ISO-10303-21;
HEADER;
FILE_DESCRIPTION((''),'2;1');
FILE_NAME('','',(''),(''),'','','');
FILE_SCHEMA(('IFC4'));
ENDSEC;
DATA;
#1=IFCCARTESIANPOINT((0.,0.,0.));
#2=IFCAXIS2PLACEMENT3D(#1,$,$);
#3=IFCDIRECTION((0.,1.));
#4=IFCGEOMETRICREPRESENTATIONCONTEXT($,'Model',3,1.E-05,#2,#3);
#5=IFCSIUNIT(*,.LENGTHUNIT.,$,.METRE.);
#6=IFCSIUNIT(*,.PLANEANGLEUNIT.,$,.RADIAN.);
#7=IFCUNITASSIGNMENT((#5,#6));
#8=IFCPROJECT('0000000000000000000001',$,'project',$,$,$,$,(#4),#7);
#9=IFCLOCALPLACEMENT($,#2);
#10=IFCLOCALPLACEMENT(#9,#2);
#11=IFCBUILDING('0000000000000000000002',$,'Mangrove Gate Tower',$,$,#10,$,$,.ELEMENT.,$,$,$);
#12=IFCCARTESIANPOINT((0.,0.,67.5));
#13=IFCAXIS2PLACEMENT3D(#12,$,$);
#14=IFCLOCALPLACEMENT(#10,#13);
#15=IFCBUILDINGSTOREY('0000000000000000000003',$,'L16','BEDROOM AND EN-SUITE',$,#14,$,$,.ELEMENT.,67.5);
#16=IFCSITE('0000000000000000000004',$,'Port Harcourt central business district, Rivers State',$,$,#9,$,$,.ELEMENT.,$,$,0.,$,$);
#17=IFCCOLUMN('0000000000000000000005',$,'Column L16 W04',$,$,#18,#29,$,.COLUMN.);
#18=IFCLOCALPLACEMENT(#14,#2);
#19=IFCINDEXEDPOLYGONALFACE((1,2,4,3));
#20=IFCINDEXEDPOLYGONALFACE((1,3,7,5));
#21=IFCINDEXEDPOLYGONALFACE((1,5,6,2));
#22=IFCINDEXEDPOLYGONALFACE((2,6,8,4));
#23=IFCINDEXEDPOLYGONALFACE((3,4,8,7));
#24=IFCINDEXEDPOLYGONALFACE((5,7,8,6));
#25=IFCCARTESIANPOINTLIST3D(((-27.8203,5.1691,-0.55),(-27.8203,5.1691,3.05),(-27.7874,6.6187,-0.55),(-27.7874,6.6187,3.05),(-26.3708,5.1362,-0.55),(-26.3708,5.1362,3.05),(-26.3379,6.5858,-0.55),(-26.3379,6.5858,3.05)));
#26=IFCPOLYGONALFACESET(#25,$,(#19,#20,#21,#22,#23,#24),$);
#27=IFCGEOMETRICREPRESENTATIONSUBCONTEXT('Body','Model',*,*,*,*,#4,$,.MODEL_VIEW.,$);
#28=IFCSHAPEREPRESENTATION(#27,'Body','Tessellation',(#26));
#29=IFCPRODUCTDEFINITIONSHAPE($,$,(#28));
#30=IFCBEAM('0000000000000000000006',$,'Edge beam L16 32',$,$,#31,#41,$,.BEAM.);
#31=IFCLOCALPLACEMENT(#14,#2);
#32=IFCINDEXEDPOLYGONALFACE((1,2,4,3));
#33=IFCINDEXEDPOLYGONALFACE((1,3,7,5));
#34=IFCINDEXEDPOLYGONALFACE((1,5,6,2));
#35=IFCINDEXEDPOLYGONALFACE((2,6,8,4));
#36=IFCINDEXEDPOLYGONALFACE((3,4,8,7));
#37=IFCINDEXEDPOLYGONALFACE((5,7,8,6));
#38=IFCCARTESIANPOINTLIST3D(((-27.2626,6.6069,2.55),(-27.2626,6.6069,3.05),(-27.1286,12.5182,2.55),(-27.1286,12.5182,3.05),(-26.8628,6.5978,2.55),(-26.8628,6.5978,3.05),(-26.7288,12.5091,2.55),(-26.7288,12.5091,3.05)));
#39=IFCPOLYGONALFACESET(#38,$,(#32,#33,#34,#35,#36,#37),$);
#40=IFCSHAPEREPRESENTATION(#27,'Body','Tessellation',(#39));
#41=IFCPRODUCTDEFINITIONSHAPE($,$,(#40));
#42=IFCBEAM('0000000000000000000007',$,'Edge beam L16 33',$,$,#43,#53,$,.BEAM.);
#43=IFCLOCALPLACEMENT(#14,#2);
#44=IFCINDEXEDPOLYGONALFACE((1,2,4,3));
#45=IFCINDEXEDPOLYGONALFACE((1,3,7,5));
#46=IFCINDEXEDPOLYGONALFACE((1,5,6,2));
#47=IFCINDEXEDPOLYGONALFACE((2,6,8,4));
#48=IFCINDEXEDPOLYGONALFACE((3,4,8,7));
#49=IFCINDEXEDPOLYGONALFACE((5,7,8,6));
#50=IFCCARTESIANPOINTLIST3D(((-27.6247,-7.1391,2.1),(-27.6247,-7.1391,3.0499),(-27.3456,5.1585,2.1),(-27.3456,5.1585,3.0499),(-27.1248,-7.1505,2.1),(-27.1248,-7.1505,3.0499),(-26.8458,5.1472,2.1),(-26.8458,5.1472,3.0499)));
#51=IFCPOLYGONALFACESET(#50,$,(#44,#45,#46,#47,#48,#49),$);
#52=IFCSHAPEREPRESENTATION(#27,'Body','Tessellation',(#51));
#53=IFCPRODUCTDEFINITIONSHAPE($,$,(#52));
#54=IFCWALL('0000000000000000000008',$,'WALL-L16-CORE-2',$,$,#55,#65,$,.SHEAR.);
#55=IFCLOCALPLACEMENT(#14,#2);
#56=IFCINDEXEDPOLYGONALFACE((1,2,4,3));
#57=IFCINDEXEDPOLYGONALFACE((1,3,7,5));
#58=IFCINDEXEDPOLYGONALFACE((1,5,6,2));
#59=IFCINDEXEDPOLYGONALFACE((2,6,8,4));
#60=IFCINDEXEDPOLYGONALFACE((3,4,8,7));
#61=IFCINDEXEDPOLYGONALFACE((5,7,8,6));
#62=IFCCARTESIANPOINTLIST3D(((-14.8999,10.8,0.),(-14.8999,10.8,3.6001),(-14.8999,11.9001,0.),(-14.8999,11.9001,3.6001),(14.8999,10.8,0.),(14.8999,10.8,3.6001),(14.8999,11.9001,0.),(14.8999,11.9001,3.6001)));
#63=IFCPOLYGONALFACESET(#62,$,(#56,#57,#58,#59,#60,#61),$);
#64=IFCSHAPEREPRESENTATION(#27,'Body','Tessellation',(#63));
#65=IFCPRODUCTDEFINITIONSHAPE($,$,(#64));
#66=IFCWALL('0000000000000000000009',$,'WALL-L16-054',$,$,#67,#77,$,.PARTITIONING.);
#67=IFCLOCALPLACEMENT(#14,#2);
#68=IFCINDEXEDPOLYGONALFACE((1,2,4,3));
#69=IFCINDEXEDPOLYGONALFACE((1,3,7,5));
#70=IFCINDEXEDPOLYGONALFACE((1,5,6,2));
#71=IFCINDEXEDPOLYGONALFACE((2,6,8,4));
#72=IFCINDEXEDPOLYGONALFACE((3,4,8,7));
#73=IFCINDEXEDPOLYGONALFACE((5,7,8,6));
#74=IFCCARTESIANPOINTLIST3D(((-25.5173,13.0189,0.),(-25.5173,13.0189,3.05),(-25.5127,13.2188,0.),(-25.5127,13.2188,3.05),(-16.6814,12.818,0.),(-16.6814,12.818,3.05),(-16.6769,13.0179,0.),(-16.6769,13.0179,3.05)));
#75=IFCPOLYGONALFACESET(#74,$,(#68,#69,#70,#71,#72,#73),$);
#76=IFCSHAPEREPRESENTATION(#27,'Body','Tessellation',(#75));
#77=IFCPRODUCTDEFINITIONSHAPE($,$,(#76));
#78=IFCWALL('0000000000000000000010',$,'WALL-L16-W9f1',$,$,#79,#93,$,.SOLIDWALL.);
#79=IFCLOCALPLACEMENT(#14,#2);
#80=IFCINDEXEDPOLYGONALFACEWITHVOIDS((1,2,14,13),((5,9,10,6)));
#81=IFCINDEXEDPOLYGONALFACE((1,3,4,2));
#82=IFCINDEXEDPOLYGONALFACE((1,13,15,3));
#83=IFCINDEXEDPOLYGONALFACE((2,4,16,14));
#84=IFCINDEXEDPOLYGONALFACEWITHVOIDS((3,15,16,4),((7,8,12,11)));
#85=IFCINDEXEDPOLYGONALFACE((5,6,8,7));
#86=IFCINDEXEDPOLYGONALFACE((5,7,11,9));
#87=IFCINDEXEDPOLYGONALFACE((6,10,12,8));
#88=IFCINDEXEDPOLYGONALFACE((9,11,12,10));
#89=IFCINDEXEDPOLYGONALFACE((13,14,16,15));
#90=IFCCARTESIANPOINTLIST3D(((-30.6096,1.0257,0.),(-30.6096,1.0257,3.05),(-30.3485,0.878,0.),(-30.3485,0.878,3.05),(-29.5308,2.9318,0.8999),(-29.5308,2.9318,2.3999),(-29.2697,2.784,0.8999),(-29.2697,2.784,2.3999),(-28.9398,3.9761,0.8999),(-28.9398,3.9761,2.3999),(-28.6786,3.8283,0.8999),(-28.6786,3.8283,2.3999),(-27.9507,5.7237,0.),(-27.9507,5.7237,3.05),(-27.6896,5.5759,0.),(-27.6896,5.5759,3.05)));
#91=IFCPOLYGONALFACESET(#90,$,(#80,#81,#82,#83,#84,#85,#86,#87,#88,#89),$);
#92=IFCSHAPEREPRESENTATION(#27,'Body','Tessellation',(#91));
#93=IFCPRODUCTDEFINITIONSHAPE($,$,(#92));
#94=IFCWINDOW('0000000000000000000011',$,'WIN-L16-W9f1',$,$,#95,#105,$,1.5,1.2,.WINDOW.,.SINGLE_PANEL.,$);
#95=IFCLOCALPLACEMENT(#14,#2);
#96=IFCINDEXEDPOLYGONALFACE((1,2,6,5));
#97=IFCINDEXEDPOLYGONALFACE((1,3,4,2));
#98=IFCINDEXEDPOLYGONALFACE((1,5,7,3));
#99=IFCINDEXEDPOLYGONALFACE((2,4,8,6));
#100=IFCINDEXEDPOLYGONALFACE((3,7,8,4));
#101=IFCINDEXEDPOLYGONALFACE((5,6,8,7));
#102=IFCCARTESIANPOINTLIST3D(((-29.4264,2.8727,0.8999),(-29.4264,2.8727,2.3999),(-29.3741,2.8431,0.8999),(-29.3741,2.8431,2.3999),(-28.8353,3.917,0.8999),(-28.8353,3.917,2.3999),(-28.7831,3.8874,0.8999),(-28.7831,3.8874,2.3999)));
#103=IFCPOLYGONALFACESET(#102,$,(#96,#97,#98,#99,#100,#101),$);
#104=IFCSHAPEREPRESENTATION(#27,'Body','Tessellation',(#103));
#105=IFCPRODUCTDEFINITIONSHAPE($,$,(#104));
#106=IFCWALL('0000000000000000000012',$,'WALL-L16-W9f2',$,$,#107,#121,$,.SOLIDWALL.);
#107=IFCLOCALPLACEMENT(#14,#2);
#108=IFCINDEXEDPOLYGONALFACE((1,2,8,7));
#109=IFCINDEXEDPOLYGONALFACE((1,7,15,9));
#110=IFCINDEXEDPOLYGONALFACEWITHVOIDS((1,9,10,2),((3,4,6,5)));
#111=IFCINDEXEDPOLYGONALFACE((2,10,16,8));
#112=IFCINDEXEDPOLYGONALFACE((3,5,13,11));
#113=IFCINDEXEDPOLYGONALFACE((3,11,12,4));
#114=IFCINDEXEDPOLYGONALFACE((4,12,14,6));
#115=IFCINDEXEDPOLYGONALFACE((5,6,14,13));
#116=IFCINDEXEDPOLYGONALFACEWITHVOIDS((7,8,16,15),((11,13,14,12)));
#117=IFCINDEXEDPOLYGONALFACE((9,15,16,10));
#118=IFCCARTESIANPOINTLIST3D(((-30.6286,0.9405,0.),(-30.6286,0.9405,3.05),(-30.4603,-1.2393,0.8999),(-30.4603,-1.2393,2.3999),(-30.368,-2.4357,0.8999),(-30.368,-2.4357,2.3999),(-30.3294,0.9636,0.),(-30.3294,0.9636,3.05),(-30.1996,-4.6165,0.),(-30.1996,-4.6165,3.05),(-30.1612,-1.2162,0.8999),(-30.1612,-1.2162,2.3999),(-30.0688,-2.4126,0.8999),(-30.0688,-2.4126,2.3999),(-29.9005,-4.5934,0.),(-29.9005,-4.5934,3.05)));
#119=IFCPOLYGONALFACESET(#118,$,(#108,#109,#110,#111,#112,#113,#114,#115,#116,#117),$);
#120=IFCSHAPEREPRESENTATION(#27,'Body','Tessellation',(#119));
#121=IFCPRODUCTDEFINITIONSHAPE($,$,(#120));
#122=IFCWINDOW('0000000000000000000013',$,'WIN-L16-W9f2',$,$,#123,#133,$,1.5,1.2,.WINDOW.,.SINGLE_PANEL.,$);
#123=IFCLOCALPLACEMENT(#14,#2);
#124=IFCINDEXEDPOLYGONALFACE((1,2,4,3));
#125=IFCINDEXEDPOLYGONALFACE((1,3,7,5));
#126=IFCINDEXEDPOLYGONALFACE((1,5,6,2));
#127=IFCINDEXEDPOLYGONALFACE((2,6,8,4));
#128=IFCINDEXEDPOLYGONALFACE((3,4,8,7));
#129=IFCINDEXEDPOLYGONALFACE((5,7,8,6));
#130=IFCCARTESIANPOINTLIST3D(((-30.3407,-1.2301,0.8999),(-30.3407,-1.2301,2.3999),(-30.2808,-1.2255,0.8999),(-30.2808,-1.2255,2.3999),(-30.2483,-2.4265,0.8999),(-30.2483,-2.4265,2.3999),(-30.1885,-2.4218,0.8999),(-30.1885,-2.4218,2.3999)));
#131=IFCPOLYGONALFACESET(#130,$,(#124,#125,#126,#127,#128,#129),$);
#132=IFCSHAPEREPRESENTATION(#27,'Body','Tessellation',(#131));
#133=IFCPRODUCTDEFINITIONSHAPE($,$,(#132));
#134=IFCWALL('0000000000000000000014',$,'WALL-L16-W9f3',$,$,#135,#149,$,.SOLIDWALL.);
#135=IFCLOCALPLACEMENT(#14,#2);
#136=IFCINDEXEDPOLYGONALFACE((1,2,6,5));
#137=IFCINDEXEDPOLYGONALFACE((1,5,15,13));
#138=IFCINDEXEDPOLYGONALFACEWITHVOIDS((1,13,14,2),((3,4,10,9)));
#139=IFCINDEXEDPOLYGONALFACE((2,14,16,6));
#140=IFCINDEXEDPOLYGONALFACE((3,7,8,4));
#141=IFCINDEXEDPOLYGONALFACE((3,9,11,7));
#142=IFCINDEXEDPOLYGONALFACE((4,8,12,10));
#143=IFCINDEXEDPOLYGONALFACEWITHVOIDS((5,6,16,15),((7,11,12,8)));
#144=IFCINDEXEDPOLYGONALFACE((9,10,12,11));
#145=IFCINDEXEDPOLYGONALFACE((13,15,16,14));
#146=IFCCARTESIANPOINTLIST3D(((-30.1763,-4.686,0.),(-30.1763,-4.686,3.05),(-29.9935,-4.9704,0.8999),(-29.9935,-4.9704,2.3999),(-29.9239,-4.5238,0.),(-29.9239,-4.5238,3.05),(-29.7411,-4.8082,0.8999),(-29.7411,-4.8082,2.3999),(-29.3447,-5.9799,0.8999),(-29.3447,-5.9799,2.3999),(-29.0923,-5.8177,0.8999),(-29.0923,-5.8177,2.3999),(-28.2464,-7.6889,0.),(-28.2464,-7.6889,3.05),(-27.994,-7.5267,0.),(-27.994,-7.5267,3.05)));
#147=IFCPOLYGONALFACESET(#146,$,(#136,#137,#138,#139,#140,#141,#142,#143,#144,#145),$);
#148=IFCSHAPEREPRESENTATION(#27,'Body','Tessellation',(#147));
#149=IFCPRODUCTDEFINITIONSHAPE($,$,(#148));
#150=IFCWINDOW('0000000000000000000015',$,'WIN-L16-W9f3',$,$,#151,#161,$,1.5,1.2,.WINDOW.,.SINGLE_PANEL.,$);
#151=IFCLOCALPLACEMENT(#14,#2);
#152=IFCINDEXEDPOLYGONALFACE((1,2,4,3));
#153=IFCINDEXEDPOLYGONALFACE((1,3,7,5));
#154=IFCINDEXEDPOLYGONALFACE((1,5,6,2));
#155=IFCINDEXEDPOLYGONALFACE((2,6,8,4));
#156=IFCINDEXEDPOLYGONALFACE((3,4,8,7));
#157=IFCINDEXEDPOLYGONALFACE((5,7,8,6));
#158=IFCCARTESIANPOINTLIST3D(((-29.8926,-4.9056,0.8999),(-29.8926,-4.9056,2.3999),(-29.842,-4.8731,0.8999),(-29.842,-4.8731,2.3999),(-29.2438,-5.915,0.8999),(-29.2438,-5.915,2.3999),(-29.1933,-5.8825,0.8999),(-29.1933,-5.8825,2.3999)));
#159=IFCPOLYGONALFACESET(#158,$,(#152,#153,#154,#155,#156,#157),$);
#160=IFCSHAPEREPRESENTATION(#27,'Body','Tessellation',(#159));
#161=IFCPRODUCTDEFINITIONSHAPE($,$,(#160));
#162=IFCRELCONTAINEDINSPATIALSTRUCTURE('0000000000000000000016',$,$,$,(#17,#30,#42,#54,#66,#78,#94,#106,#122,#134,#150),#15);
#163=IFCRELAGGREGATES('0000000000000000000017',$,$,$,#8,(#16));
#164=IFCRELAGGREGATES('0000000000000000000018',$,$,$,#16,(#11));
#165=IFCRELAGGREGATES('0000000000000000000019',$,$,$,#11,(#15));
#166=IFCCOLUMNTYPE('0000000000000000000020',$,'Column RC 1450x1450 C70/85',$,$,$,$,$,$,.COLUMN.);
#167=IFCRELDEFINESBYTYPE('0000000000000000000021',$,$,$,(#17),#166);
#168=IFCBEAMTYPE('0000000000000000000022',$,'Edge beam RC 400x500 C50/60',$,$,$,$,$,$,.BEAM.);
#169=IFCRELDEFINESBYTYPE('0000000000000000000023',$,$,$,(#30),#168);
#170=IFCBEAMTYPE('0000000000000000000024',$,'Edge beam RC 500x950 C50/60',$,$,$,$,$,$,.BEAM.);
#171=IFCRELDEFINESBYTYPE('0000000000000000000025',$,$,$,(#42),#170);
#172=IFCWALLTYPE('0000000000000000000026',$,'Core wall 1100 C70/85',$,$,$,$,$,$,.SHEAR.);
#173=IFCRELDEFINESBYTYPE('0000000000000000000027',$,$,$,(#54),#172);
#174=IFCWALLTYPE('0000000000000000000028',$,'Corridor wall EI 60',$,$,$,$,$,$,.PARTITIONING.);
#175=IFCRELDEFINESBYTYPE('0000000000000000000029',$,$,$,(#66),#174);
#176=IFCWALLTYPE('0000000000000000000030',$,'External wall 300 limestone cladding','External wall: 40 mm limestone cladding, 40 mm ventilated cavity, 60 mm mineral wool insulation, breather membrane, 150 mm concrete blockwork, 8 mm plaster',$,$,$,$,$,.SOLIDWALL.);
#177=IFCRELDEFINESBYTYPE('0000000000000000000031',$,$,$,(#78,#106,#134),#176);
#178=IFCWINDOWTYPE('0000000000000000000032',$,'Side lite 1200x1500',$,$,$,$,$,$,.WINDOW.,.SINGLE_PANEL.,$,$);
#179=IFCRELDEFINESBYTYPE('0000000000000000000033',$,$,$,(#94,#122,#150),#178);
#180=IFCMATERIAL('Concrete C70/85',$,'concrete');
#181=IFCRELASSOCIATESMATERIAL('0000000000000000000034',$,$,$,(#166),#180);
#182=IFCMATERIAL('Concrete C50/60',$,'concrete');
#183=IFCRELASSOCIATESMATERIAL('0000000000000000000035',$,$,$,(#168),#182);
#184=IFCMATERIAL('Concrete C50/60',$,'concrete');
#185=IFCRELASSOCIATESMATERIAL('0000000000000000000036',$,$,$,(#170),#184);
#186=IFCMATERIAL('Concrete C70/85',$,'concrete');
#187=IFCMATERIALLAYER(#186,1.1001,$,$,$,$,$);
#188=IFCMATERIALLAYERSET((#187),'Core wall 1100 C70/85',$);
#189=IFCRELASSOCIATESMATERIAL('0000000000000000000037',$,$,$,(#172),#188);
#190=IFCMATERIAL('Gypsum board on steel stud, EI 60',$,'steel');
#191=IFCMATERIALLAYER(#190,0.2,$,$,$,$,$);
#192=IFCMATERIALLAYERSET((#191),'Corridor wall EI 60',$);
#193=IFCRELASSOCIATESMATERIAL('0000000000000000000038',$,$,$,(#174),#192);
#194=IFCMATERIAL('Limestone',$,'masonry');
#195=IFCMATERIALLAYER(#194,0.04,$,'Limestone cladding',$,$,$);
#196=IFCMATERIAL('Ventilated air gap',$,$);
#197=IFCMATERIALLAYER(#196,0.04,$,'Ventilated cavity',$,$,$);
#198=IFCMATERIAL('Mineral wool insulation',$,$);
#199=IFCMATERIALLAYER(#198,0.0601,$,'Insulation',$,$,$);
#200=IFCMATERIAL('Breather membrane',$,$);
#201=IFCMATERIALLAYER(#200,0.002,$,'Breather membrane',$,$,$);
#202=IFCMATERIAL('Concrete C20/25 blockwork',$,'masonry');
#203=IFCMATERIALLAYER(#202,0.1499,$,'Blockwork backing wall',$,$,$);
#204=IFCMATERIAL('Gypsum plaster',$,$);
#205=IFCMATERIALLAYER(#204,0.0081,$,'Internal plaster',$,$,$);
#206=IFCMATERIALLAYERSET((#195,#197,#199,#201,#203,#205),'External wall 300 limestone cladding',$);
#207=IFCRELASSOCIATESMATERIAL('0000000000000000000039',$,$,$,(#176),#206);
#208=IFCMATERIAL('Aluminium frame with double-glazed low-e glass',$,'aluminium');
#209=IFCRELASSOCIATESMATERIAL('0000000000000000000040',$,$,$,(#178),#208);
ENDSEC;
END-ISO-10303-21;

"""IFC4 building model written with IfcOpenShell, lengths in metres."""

from ifc_helpers import new_model, si_unit, direction, frame, frame_2d, origin, origin_2d, place, context, subcontext, project, spatial, rectangle, extrude, material, layer, layer_set, material_profile, profile_set, type_object, element, fill, save


model = new_model("IFC4")

# Units and contexts
model_context = context("Model", 3, precision=1e-05, world=origin(), true_north=direction((0.0, 1.0)))
body_context = subcontext(model_context, "Body", "Model", "MODEL_VIEW")
ifc_project = project(units=[si_unit("LENGTHUNIT", "METRE"), si_unit("PLANEANGLEUNIT", "RADIAN")], contexts=[model_context])

# Site, building, storey
site_placement = place(None, origin())
site = spatial("IfcSite", under=ifc_project, at=site_placement, Name="Port Harcourt central business district, Rivers State", CompositionType="ELEMENT", RefElevation=0.0)
building_placement = place(site_placement, origin())
building = spatial("IfcBuilding", under=site, at=building_placement, Name="Mangrove Gate Tower", CompositionType="ELEMENT")
storey_placement = place(building_placement, frame((0.0, 0.0, 67.5)))
storey = spatial("IfcBuildingStorey", under=building, at=storey_placement, Name="L16", Description="BEDROOM AND EN-SUITE", CompositionType="ELEMENT", Elevation=67.5)

# Column
ifc_material_1 = material(Name="Concrete C70/85", Category="concrete")
ifc_material_profile_1 = material_profile(ifc_material_1, rectangle(XDim=1.45, YDim=1.45, at=origin_2d()))
ifc_profile_set_1 = profile_set([ifc_material_profile_1], Name="Concrete C70/85")
column_type = type_object("IfcColumnType", Name="Column RC 1450x1450 C70/85", PredefinedType="COLUMN", material=ifc_profile_set_1)
column_placement = place(storey_placement, frame((-27.0791, 5.8774, -0.55), z_axis=(0.0, 0.0, 1.0), x_axis=(-0.022687, -0.999743, 0.0)))
element("IfcColumn", 1, at=column_placement, inside=storey, type_object=column_type, Name="Column L16 W04", PredefinedType="COLUMN", context=body_context, shape_type="SweptSolid", body=[
    extrude(rectangle(XDim=1.45, YDim=1.45, at=origin_2d()), origin(), (0.0, 0.0, 1.0), 3.6001),
])

# Beams
ifc_material_2 = material(Name="Concrete C50/60", Category="concrete")
ifc_material_profile_2 = material_profile(ifc_material_2, rectangle(XDim=0.3999, YDim=0.5, at=origin_2d()))
ifc_profile_set_2 = profile_set([ifc_material_profile_2], Name="Concrete C50/60")
beam_type_1 = type_object("IfcBeamType", Name="Edge beam RC 400x500 C50/60", PredefinedType="BEAM", material=ifc_profile_set_2)
beam_1_placement = place(storey_placement, frame((-26.9287, 12.5137, 2.8), z_axis=(-0.022668, -0.999743, 0.0), x_axis=(0.999743, -0.022668, 0.0)))
element("IfcBeam", 2, at=beam_1_placement, inside=storey, type_object=beam_type_1, Name="Edge beam L16 32", PredefinedType="BEAM", context=body_context, shape_type="SweptSolid", body=[
    extrude(rectangle(XDim=0.3999, YDim=0.5, at=origin_2d()), origin(), (0.0, 0.0, 1.0), 5.9128),
])
ifc_material_3 = material(Name="Concrete C50/60", Category="concrete")
ifc_material_profile_3 = material_profile(ifc_material_3, rectangle(XDim=0.5, YDim=0.95, at=origin_2d()))
ifc_profile_set_3 = profile_set([ifc_material_profile_3], Name="Concrete C50/60")
beam_type_2 = type_object("IfcBeamType", Name="Edge beam RC 500x950 C50/60", PredefinedType="BEAM", material=ifc_profile_set_3)
beam_2_placement = place(storey_placement, frame((-27.0957, 5.1528, 2.575), z_axis=(-0.022686, -0.999743, 0.0), x_axis=(0.999743, -0.022686, 0.0)))
element("IfcBeam", 3, at=beam_2_placement, inside=storey, type_object=beam_type_2, Name="Edge beam L16 33", PredefinedType="BEAM", context=body_context, shape_type="SweptSolid", body=[
    extrude(rectangle(XDim=0.5, YDim=0.95, at=origin_2d()), origin(), (0.0, 0.0, 1.0), 12.3008),
])

# Walls
ifc_material_4 = material(Name="Concrete C70/85", Category="concrete")
ifc_layer_1 = layer(ifc_material_4, 1.1001)
ifc_layer_set_1 = layer_set([ifc_layer_1], Name="Core wall 1100 C70/85")
wall_type_1 = type_object("IfcWallType", Name="Core wall 1100 C70/85", PredefinedType="SHEAR", material=ifc_layer_set_1)
wall_1_placement = place(storey_placement, frame((-14.8999, 11.3501, 0.0), z_axis=(0.0, 0.0, 1.0), x_axis=(1.0, 0.0, 0.0)))
element("IfcWall", 4, at=wall_1_placement, inside=storey, type_object=wall_type_1, Name="WALL-L16-CORE-2", PredefinedType="SHEAR", context=body_context, shape_type="SweptSolid", body=[
    extrude(rectangle(XDim=29.7998, YDim=1.1001, at=frame_2d((14.8999, 0.0))), origin(), (0.0, 0.0, 1.0), 3.6001),
])
ifc_material_5 = material(Name="Gypsum board on steel stud, EI 60", Category="steel")
ifc_layer_2 = layer(ifc_material_5, 0.2)
ifc_layer_set_2 = layer_set([ifc_layer_2], Name="Corridor wall EI 60")
wall_type_2 = type_object("IfcWallType", Name="Corridor wall EI 60", PredefinedType="PARTITIONING", material=ifc_layer_set_2)
wall_2_placement = place(storey_placement, frame((-25.5149, 13.1189, 0.0), z_axis=(0.0, 0.0, 1.0), x_axis=(0.999742, -0.022734, 0.0)))
element("IfcWall", 5, at=wall_2_placement, inside=storey, type_object=wall_type_2, Name="WALL-L16-054", PredefinedType="PARTITIONING", context=body_context, shape_type="SweptSolid", body=[
    extrude(rectangle(XDim=8.8381, YDim=0.2, at=frame_2d((4.4189, 0.0))), origin(), (0.0, 0.0, 1.0), 3.05),
])

# Walls, openings, windows
ifc_material_6 = material(Name="Limestone", Category="masonry")
ifc_layer_3 = layer(ifc_material_6, 0.04, Name="Limestone cladding")
ifc_material_7 = material(Name="Ventilated air gap")
ifc_layer_4 = layer(ifc_material_7, 0.04, Name="Ventilated cavity")
ifc_material_8 = material(Name="Mineral wool insulation")
ifc_layer_5 = layer(ifc_material_8, 0.0601, Name="Insulation")
ifc_material_9 = material(Name="Breather membrane")
ifc_layer_6 = layer(ifc_material_9, 0.002, Name="Breather membrane")
ifc_material_10 = material(Name="Concrete C20/25 blockwork", Category="masonry")
ifc_layer_7 = layer(ifc_material_10, 0.1499, Name="Blockwork backing wall")
ifc_material_11 = material(Name="Gypsum plaster")
ifc_layer_8 = layer(ifc_material_11, 0.0081, Name="Internal plaster")
ifc_layer_set_3 = layer_set([ifc_layer_3, ifc_layer_4, ifc_layer_5, ifc_layer_6, ifc_layer_7, ifc_layer_8], Name="External wall 300 limestone cladding")
wall_type_3 = type_object("IfcWallType", Name="External wall 300 limestone cladding", Description="External wall: 40 mm limestone cladding, 40 mm ventilated cavity, 60 mm mineral wool insulation, breather membrane, 150 mm concrete blockwork, 8 mm plaster", PredefinedType="SOLIDWALL", material=ifc_layer_set_3)
wall_3_placement = place(storey_placement, frame((-27.8201, 5.6499, 0.0), z_axis=(0.0, 0.0, 1.0), x_axis=(-0.492555, -0.870281, 0.0)))
wall_3 = element("IfcWall", 6, at=wall_3_placement, inside=storey, type_object=wall_type_3, Name="WALL-L16-W9f1", PredefinedType="SOLIDWALL", context=body_context, shape_type="SweptSolid", body=[
    extrude(rectangle(XDim=5.3982, YDim=0.3, at=frame_2d((2.6992, 0.0))), origin(), (0.0, 0.0, 1.0), 3.05),
])
opening_1_placement = place(wall_3_placement, frame((2.0081, 0.0, 0.8999)))
opening_1 = element("IfcOpeningElement", 7, at=opening_1_placement, cuts=wall_3, PredefinedType="OPENING", context=body_context, shape_type="SweptSolid", body=[
    extrude(rectangle(XDim=1.2, YDim=1.5, at=frame_2d((0.6001, 0.75))), frame((0.0, 0.1599, 0.0), z_axis=(0.0, -1.0, 0.0), x_axis=(1.0, 0.0, 0.0)), (0.0, 0.0, 1.0), 0.3201),
])
ifc_material_12 = material(Name="Aluminium frame with double-glazed low-e glass", Category="aluminium")
window_type = type_object("IfcWindowType", Name="Side lite 1200x1500", PartitioningType="SINGLE_PANEL", PredefinedType="WINDOW", material=ifc_material_12)
window_1_placement = place(opening_1_placement, origin())
window_1 = element("IfcWindow", 8, at=window_1_placement, inside=storey, type_object=window_type, Name="WIN-L16-W9f1", OverallHeight=1.5, OverallWidth=1.2, PartitioningType="SINGLE_PANEL", PredefinedType="WINDOW", context=body_context, shape_type="SweptSolid", body=[
    extrude(rectangle(XDim=1.2, YDim=1.5, at=frame_2d((0.6001, 0.75))), frame((0.0, 0.03, 0.0), z_axis=(0.0, -1.0, 0.0), x_axis=(1.0, 0.0, 0.0)), (0.0, 0.0, 1.0), 0.0601),
])
fill(opening_1, window_1)
wall_4_placement = place(storey_placement, frame((-30.479, 0.9519, 0.0), z_axis=(0.0, 0.0, 1.0), x_axis=(0.076964, -0.997034, 0.0)))
wall_4 = element("IfcWall", 9, at=wall_4_placement, inside=storey, type_object=wall_type_3, Name="WALL-L16-W9f2", PredefinedType="SOLIDWALL", context=body_context, shape_type="SweptSolid", body=[
    extrude(rectangle(XDim=5.5735, YDim=0.3, at=frame_2d((2.7866, 0.0))), origin(), (0.0, 0.0, 1.0), 3.05),
])
opening_2_placement = place(wall_4_placement, frame((2.186, 0.0, 0.8999)))
opening_2 = element("IfcOpeningElement", 10, at=opening_2_placement, cuts=wall_4, PredefinedType="OPENING", context=body_context, shape_type="SweptSolid", body=[
    extrude(rectangle(XDim=1.2, YDim=1.5, at=frame_2d((0.6001, 0.75))), frame((0.0, 0.1599, 0.0), z_axis=(0.0, -1.0, 0.0), x_axis=(1.0, 0.0, 0.0)), (0.0, 0.0, 1.0), 0.3201),
])
window_2_placement = place(opening_2_placement, origin())
window_2 = element("IfcWindow", 11, at=window_2_placement, inside=storey, type_object=window_type, Name="WIN-L16-W9f2", OverallHeight=1.5, OverallWidth=1.2, PartitioningType="SINGLE_PANEL", PredefinedType="WINDOW", context=body_context, shape_type="SweptSolid", body=[
    extrude(rectangle(XDim=1.2, YDim=1.5, at=frame_2d((0.6001, 0.75))), frame((0.0, 0.03, 0.0), z_axis=(0.0, -1.0, 0.0), x_axis=(1.0, 0.0, 0.0)), (0.0, 0.0, 1.0), 0.0601),
])
fill(opening_2, window_2)
wall_5_placement = place(storey_placement, frame((-30.05, -4.605, 0.0), z_axis=(0.0, 0.0, 1.0), x_axis=(0.540654, -0.841245, 0.0)))
wall_5 = element("IfcWall", 12, at=wall_5_placement, inside=storey, type_object=wall_type_3, Name="WALL-L16-W9f3", PredefinedType="SOLIDWALL", context=body_context, shape_type="SweptSolid", body=[
    extrude(rectangle(XDim=3.5696, YDim=0.3, at=frame_2d((1.7847, 0.0))), origin(), (0.0, 0.0, 1.0), 3.05),
])
opening_3_placement = place(wall_5_placement, frame((0.3379, 0.0, 0.8999)))
opening_3 = element("IfcOpeningElement", 13, at=opening_3_placement, cuts=wall_5, PredefinedType="OPENING", context=body_context, shape_type="SweptSolid", body=[
    extrude(rectangle(XDim=1.2, YDim=1.5, at=frame_2d((0.6001, 0.75))), frame((0.0, 0.1599, 0.0), z_axis=(0.0, -1.0, 0.0), x_axis=(1.0, 0.0, 0.0)), (0.0, 0.0, 1.0), 0.3201),
])
window_3_placement = place(opening_3_placement, origin())
window_3 = element("IfcWindow", 14, at=window_3_placement, inside=storey, type_object=window_type, Name="WIN-L16-W9f3", OverallHeight=1.5, OverallWidth=1.2, PartitioningType="SINGLE_PANEL", PredefinedType="WINDOW", context=body_context, shape_type="SweptSolid", body=[
    extrude(rectangle(XDim=1.2, YDim=1.5, at=frame_2d((0.6001, 0.75))), frame((0.0, 0.03, 0.0), z_axis=(0.0, -1.0, 0.0), x_axis=(1.0, 0.0, 0.0)), (0.0, 0.0, 1.0), 0.0601),
])
fill(opening_3, window_3)

save(model, "model.ifc")
